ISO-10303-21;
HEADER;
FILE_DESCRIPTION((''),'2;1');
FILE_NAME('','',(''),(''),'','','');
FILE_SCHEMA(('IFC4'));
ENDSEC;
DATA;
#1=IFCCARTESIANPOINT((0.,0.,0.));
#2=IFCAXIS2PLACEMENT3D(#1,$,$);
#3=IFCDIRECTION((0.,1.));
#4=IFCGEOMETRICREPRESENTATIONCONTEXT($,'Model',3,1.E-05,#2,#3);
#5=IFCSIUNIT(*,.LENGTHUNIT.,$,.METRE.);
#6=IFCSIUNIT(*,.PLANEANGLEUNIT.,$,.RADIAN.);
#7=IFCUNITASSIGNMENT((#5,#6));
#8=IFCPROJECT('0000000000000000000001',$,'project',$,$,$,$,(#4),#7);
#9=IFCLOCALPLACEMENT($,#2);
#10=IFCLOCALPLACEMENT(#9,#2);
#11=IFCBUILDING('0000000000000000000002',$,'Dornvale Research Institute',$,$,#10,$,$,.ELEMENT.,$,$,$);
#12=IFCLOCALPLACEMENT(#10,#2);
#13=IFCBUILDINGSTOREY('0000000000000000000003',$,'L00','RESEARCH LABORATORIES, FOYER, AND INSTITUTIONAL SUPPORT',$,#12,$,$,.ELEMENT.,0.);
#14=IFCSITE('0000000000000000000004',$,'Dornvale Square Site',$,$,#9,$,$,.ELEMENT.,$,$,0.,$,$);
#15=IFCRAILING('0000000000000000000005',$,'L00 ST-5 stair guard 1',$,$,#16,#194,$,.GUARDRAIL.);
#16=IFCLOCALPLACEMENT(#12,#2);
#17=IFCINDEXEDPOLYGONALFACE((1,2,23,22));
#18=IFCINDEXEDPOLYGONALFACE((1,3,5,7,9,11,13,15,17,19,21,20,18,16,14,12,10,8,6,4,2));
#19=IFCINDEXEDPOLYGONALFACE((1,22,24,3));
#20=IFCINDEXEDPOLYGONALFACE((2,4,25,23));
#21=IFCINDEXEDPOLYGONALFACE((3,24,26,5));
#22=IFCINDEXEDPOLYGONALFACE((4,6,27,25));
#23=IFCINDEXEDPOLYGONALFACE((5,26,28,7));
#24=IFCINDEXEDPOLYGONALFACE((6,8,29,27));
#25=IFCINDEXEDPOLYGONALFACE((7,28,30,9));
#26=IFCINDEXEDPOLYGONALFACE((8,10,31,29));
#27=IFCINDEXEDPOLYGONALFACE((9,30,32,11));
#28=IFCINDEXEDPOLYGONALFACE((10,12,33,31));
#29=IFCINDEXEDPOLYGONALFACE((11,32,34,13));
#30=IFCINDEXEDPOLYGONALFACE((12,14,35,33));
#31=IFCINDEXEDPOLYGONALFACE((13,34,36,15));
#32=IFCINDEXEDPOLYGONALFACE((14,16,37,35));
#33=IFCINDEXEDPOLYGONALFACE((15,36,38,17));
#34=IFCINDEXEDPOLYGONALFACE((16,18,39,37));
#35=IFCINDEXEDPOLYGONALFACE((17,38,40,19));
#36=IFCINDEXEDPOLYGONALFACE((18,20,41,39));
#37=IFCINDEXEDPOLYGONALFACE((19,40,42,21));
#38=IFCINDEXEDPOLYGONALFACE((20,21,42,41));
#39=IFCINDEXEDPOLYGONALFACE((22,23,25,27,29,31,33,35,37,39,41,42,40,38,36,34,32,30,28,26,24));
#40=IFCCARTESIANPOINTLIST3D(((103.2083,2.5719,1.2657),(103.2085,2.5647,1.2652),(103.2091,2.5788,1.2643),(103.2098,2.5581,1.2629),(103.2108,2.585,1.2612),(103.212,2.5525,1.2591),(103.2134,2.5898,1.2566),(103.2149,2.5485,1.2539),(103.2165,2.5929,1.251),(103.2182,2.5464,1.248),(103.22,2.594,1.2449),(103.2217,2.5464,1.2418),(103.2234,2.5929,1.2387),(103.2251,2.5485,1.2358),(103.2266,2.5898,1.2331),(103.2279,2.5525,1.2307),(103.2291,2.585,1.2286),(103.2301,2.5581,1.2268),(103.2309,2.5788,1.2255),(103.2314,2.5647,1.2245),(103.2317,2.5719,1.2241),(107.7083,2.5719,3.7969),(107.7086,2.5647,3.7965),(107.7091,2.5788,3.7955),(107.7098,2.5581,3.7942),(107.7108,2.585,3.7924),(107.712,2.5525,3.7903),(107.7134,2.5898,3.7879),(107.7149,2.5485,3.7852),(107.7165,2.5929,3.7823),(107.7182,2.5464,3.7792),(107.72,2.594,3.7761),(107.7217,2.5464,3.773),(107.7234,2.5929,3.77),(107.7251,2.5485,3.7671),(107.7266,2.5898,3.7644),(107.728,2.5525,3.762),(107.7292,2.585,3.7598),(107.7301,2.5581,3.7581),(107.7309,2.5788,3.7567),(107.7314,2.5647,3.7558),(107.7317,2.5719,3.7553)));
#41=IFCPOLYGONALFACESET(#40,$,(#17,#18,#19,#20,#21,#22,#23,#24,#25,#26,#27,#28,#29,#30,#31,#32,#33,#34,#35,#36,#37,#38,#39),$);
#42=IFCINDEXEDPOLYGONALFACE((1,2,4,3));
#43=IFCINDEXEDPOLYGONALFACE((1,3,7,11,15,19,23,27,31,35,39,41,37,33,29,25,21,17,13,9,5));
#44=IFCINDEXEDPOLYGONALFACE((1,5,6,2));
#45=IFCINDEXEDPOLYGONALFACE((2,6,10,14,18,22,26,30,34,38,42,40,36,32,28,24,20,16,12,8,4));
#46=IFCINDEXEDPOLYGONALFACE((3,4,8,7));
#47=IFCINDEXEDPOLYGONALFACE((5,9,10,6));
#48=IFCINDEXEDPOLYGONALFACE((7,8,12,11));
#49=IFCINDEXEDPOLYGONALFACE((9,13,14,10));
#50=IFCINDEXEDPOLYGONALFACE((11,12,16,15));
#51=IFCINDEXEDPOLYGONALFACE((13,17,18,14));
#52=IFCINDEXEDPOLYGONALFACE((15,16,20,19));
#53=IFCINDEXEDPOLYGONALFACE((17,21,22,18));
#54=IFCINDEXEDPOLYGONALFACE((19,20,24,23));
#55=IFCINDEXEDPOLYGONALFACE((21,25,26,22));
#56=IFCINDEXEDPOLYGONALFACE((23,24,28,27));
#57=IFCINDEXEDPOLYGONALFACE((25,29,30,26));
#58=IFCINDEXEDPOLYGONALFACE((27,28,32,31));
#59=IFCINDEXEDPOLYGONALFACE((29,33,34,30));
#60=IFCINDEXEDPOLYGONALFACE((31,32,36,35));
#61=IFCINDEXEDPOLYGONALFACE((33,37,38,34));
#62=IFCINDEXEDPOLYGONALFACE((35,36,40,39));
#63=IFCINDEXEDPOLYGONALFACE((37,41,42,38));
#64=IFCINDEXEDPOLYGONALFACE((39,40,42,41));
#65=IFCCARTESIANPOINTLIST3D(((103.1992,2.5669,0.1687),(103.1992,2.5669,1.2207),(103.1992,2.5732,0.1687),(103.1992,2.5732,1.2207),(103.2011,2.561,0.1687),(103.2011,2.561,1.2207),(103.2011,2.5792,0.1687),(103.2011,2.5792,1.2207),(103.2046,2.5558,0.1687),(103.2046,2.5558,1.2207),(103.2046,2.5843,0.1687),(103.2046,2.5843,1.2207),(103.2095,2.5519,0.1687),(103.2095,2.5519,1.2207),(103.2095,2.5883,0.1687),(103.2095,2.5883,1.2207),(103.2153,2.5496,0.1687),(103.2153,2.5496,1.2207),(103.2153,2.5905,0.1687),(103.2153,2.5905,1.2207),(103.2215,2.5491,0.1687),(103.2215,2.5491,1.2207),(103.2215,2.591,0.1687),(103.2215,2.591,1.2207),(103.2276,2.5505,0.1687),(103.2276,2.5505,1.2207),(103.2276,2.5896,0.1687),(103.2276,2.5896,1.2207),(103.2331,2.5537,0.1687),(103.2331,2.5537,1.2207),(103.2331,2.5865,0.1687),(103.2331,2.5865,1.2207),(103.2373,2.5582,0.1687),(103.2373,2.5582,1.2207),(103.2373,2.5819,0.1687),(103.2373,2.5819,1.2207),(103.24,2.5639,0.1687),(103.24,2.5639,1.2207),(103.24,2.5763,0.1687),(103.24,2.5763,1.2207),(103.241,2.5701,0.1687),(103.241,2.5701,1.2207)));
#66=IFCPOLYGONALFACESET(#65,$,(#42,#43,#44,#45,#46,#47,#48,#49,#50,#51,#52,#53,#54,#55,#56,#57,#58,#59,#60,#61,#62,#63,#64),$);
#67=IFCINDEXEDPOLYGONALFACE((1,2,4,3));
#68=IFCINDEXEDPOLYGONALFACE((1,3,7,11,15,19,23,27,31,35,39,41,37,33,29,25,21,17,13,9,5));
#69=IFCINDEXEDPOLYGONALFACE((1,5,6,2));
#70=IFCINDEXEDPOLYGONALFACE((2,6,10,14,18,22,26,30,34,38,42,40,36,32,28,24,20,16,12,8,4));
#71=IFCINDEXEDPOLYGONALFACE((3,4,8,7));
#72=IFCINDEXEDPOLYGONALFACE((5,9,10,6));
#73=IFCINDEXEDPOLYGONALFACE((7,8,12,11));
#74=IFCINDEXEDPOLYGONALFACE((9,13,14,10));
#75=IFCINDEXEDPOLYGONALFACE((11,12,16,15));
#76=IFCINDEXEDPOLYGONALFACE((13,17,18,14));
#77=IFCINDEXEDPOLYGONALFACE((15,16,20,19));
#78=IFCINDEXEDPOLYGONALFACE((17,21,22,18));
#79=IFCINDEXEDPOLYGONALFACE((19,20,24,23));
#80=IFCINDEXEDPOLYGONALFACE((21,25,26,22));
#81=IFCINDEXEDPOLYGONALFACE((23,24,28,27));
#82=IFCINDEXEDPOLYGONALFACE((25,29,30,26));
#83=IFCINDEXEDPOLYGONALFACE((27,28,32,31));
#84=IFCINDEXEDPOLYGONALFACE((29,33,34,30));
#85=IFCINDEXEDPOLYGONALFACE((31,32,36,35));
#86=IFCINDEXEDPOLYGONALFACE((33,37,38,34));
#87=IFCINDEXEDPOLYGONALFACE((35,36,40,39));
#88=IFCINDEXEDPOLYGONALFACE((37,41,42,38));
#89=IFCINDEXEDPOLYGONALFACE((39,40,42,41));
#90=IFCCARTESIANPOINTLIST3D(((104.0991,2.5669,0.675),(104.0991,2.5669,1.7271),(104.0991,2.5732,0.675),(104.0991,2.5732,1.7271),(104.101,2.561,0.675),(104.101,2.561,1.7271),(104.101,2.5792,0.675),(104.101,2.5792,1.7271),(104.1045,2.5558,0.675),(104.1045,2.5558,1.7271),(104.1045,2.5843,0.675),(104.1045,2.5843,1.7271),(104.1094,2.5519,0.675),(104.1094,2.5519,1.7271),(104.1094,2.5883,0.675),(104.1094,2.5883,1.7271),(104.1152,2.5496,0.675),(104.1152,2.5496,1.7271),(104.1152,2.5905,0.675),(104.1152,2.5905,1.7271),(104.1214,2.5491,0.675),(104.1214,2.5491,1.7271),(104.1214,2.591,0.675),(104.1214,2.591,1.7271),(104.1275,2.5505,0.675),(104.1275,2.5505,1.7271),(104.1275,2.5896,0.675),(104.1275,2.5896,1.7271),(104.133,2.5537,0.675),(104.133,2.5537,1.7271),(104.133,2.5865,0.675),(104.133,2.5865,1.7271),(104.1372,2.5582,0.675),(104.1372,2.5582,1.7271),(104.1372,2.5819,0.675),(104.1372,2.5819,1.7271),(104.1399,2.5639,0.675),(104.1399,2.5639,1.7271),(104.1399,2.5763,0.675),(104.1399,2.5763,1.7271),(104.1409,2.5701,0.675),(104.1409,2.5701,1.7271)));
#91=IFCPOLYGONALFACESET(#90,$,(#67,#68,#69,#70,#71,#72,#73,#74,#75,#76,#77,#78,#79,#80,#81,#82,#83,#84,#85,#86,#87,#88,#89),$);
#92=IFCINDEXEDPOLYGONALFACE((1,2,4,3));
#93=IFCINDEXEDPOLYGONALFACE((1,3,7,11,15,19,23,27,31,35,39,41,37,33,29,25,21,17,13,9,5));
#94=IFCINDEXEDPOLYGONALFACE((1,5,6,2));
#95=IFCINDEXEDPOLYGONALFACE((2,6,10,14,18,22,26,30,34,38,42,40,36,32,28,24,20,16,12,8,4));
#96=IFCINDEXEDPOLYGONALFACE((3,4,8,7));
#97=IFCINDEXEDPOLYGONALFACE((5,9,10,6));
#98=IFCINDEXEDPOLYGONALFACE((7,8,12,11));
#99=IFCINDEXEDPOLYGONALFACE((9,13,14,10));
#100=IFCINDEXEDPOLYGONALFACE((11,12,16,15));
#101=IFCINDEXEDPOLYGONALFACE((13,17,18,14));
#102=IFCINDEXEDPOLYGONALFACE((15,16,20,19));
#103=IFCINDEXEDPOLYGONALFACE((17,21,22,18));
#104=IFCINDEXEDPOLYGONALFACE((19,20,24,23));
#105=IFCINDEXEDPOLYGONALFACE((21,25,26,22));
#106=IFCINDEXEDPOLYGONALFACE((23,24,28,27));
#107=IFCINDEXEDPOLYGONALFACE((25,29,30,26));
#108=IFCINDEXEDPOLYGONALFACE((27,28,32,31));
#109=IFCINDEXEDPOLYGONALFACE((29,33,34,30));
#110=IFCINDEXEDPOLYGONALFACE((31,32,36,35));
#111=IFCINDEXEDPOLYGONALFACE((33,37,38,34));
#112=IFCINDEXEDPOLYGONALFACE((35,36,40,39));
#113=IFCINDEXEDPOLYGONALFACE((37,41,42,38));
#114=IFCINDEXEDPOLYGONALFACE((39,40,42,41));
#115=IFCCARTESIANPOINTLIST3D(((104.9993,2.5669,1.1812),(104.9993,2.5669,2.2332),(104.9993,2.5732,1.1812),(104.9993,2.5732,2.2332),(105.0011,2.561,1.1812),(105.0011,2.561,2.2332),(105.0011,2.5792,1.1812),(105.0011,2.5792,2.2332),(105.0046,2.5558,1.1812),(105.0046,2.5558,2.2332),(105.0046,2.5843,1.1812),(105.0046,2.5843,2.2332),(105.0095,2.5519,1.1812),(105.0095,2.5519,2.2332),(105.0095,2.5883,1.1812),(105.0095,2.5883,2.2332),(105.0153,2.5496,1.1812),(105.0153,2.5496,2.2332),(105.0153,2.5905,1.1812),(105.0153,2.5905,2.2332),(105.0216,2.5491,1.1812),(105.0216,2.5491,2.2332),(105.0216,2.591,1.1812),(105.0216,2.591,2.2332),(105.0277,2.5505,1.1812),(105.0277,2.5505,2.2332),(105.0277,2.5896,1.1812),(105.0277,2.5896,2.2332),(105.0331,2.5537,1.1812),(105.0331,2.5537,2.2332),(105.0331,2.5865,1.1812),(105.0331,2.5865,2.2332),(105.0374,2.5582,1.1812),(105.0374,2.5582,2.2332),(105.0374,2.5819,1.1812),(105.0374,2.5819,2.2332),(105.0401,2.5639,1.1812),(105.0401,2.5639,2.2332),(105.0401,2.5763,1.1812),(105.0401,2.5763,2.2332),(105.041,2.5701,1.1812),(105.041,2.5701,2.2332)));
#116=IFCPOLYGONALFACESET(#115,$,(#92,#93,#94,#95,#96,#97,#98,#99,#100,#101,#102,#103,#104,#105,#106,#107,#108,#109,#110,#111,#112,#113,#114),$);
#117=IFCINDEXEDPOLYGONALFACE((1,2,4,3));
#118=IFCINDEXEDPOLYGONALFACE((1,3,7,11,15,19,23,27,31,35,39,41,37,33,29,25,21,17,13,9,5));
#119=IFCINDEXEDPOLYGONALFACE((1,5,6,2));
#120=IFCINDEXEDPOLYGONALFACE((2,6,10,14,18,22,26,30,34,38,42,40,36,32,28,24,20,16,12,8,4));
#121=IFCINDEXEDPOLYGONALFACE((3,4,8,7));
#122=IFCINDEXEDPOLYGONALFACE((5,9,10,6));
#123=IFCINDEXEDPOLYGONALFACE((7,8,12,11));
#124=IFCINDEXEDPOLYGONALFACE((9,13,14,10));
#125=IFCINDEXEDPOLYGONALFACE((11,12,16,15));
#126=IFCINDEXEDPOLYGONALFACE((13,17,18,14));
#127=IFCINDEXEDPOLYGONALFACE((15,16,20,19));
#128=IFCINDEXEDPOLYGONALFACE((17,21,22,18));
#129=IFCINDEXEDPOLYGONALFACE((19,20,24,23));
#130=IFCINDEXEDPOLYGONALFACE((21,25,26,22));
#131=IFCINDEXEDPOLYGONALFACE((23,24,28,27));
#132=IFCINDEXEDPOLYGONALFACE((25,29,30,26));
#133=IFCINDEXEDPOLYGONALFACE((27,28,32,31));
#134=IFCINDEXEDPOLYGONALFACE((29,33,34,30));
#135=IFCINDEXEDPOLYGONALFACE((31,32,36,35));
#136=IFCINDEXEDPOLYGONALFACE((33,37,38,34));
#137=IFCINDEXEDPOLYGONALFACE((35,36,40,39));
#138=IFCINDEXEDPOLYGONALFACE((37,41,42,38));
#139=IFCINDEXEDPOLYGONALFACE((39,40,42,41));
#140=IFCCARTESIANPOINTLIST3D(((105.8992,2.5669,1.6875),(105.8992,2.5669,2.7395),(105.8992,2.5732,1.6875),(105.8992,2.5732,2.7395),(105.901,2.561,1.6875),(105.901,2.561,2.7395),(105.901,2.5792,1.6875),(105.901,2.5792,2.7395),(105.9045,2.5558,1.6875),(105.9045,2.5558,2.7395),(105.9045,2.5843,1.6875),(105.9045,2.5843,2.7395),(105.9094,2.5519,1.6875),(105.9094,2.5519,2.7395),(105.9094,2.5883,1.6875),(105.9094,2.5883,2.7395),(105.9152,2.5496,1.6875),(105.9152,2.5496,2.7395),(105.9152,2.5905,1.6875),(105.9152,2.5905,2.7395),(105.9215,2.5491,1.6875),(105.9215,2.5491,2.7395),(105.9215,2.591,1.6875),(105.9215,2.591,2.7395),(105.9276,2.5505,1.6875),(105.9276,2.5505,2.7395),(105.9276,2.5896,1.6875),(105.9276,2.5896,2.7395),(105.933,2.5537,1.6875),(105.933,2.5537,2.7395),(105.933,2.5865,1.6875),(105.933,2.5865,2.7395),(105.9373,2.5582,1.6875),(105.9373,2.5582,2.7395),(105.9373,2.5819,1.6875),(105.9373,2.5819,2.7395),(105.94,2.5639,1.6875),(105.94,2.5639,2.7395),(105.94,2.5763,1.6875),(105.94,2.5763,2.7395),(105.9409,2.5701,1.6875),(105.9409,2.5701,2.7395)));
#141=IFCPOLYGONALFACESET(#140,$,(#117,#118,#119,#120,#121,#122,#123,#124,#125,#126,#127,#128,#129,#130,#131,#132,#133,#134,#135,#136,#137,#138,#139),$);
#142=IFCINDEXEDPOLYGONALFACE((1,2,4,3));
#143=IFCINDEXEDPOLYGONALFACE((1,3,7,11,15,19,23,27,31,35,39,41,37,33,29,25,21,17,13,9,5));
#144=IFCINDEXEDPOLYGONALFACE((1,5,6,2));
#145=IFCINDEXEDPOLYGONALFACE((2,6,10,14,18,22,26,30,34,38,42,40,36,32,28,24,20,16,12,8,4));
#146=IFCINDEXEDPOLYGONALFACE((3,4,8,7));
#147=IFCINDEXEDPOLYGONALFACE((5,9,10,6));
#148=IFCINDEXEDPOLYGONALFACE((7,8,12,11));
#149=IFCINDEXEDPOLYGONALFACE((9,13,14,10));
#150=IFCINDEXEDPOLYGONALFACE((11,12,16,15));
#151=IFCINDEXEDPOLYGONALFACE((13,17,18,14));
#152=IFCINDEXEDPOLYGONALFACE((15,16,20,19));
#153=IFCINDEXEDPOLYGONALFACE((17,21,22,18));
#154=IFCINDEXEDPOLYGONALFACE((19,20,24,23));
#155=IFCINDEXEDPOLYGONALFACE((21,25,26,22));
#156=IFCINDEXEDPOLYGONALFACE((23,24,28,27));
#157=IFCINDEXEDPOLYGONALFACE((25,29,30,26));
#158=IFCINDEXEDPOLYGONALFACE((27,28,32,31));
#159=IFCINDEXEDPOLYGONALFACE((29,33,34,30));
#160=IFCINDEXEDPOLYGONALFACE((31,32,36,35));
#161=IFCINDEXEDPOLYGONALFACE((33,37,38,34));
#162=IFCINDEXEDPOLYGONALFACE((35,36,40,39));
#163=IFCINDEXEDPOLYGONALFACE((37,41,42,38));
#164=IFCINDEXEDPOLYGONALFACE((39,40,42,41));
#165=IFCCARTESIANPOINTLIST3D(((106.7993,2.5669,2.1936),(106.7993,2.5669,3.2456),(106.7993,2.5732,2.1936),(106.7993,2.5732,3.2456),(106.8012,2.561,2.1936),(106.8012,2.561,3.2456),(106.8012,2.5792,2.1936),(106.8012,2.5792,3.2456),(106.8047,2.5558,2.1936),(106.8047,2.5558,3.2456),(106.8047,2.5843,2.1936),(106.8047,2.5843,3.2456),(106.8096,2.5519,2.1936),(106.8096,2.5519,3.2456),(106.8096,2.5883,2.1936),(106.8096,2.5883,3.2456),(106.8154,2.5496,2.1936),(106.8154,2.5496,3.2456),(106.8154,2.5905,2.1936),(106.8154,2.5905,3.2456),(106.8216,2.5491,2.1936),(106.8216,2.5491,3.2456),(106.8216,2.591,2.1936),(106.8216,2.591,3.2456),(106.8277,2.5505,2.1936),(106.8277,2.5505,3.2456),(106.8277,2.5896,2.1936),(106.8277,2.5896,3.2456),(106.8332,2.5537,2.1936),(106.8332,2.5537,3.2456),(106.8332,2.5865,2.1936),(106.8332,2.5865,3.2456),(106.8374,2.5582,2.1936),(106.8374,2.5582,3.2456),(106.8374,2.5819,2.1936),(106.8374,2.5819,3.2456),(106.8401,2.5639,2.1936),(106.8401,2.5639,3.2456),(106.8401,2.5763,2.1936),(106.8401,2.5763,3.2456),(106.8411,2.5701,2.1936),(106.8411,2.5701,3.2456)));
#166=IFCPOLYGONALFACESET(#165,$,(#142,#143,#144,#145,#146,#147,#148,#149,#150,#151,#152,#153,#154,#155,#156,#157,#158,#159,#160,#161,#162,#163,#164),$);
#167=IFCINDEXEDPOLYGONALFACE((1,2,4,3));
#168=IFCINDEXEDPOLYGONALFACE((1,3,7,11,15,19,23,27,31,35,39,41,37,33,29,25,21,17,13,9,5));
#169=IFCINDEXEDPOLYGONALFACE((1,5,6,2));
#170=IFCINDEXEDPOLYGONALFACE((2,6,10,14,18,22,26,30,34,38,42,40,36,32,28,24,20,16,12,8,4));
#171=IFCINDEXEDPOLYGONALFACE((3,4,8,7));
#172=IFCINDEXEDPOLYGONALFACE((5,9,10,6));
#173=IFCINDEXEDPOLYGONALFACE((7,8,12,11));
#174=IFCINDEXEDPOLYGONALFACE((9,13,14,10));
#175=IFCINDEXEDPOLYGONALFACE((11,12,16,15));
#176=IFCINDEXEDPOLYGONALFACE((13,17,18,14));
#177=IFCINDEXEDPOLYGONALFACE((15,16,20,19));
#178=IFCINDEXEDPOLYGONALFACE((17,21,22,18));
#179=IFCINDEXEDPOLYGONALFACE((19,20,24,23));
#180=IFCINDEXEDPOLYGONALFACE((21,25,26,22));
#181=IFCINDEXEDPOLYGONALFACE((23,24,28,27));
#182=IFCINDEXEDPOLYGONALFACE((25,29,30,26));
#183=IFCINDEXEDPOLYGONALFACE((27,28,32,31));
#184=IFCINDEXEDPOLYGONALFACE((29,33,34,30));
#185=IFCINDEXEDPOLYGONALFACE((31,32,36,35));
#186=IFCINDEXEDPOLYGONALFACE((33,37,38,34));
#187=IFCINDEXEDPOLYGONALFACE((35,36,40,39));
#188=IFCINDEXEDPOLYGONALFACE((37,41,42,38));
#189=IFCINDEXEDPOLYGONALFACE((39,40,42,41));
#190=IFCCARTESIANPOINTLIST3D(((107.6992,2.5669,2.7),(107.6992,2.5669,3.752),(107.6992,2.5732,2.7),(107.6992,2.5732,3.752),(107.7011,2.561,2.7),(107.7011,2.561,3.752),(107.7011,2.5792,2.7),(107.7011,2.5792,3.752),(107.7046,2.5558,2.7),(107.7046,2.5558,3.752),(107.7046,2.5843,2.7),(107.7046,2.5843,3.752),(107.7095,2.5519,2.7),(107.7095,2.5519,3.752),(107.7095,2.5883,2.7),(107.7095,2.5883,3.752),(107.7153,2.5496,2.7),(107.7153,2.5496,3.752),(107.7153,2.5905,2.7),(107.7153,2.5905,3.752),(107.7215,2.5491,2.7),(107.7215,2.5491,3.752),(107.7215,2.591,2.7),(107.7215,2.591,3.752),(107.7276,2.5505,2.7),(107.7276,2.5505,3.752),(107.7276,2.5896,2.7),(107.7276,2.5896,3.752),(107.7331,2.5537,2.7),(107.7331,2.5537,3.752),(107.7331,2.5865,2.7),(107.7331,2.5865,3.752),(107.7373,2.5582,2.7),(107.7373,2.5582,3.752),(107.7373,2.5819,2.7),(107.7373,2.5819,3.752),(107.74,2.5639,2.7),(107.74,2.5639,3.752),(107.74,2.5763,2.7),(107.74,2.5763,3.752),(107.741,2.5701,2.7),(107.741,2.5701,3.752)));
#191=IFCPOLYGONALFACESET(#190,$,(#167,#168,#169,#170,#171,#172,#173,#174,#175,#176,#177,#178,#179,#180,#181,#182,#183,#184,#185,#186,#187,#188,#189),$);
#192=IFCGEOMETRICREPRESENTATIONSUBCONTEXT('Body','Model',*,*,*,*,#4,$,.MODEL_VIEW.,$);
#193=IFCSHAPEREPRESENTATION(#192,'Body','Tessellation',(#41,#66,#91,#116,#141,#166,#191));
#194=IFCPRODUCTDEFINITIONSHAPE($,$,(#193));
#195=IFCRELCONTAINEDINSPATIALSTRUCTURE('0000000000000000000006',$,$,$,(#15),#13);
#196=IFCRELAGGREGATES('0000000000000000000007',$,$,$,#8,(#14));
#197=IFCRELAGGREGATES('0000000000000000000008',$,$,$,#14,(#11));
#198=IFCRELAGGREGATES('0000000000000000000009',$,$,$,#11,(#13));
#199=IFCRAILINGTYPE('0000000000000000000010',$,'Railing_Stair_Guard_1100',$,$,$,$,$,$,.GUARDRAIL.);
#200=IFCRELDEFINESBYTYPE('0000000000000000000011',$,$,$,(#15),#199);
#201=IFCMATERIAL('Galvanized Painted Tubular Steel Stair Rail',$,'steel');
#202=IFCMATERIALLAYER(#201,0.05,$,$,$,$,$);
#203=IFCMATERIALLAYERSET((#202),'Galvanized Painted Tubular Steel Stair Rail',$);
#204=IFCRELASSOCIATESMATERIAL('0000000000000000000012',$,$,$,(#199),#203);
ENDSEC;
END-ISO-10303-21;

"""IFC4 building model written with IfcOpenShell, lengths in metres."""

from ifc_helpers import new_model, si_unit, direction, frame, origin, origin_2d, place, context, subcontext, project, spatial, circle, extrude, material, layer, layer_set, type_object, element, save


model = new_model("IFC4")

# Units and contexts
model_context = context("Model", 3, precision=1e-05, world=origin(), true_north=direction((0.0, 1.0)))
body_context = subcontext(model_context, "Body", "Model", "MODEL_VIEW")
ifc_project = project(units=[si_unit("LENGTHUNIT", "METRE"), si_unit("PLANEANGLEUNIT", "RADIAN")], contexts=[model_context])

# Site, building, storey
site_placement = place(None, origin())
site = spatial("IfcSite", under=ifc_project, at=site_placement, Name="Dornvale Square Site", CompositionType="ELEMENT", RefElevation=0.0)
building_placement = place(site_placement, origin())
building = spatial("IfcBuilding", under=site, at=building_placement, Name="Dornvale Research Institute", CompositionType="ELEMENT")
storey_placement = place(building_placement, origin())
storey = spatial("IfcBuildingStorey", under=building, at=storey_placement, Name="L00", Description="RESEARCH LABORATORIES, FOYER, AND INSTITUTIONAL SUPPORT", CompositionType="ELEMENT", Elevation=0.0)

# Railing
ifc_material_1 = material(Name="Galvanized Painted Tubular Steel Stair Rail", Category="steel")
ifc_layer_1 = layer(ifc_material_1, 0.05)
ifc_layer_set_1 = layer_set([ifc_layer_1], Name="Galvanized Painted Tubular Steel Stair Rail")
railing_type_1 = type_object("IfcRailingType", Name="Railing_Stair_Guard_1100", PredefinedType="GUARDRAIL", material=ifc_layer_set_1)
railing_1_placement = place(storey_placement, frame((103.22, 2.5701, 0.1687)))
element("IfcRailing", 1, at=railing_1_placement, inside=storey, type_object=railing_type_1, Name="L00 ST-5 stair guard 1", PredefinedType="GUARDRAIL", context=body_context, shape_type="SweptSolid", body=[
    extrude(circle(Radius=0.0239, at=origin_2d()), frame((0.0, 0.0, 1.0762), z_axis=(0.871576, 0.0, 0.490261), x_axis=(0.0, 1.0, 0.0)), (0.0, 0.0, 1.0), 5.1631),
    extrude(circle(Radius=0.021, at=origin_2d()), origin(), (0.0, 0.0, 1.0), 1.052),
    extrude(circle(Radius=0.021, at=origin_2d()), frame((0.8999, 0.0, 0.5063)), (0.0, 0.0, 1.0), 1.052),
    extrude(circle(Radius=0.021, at=origin_2d()), frame((1.8, 0.0, 1.0125)), (0.0, 0.0, 1.0), 1.052),
    extrude(circle(Radius=0.021, at=origin_2d()), frame((2.7, 0.0, 1.5188)), (0.0, 0.0, 1.0), 1.052),
    extrude(circle(Radius=0.021, at=origin_2d()), frame((3.6001, 0.0, 2.0249)), (0.0, 0.0, 1.0), 1.052),
    extrude(circle(Radius=0.021, at=origin_2d()), frame((4.5, 0.0, 2.5312)), (0.0, 0.0, 1.0), 1.052),
])

save(model, "model.ifc")
